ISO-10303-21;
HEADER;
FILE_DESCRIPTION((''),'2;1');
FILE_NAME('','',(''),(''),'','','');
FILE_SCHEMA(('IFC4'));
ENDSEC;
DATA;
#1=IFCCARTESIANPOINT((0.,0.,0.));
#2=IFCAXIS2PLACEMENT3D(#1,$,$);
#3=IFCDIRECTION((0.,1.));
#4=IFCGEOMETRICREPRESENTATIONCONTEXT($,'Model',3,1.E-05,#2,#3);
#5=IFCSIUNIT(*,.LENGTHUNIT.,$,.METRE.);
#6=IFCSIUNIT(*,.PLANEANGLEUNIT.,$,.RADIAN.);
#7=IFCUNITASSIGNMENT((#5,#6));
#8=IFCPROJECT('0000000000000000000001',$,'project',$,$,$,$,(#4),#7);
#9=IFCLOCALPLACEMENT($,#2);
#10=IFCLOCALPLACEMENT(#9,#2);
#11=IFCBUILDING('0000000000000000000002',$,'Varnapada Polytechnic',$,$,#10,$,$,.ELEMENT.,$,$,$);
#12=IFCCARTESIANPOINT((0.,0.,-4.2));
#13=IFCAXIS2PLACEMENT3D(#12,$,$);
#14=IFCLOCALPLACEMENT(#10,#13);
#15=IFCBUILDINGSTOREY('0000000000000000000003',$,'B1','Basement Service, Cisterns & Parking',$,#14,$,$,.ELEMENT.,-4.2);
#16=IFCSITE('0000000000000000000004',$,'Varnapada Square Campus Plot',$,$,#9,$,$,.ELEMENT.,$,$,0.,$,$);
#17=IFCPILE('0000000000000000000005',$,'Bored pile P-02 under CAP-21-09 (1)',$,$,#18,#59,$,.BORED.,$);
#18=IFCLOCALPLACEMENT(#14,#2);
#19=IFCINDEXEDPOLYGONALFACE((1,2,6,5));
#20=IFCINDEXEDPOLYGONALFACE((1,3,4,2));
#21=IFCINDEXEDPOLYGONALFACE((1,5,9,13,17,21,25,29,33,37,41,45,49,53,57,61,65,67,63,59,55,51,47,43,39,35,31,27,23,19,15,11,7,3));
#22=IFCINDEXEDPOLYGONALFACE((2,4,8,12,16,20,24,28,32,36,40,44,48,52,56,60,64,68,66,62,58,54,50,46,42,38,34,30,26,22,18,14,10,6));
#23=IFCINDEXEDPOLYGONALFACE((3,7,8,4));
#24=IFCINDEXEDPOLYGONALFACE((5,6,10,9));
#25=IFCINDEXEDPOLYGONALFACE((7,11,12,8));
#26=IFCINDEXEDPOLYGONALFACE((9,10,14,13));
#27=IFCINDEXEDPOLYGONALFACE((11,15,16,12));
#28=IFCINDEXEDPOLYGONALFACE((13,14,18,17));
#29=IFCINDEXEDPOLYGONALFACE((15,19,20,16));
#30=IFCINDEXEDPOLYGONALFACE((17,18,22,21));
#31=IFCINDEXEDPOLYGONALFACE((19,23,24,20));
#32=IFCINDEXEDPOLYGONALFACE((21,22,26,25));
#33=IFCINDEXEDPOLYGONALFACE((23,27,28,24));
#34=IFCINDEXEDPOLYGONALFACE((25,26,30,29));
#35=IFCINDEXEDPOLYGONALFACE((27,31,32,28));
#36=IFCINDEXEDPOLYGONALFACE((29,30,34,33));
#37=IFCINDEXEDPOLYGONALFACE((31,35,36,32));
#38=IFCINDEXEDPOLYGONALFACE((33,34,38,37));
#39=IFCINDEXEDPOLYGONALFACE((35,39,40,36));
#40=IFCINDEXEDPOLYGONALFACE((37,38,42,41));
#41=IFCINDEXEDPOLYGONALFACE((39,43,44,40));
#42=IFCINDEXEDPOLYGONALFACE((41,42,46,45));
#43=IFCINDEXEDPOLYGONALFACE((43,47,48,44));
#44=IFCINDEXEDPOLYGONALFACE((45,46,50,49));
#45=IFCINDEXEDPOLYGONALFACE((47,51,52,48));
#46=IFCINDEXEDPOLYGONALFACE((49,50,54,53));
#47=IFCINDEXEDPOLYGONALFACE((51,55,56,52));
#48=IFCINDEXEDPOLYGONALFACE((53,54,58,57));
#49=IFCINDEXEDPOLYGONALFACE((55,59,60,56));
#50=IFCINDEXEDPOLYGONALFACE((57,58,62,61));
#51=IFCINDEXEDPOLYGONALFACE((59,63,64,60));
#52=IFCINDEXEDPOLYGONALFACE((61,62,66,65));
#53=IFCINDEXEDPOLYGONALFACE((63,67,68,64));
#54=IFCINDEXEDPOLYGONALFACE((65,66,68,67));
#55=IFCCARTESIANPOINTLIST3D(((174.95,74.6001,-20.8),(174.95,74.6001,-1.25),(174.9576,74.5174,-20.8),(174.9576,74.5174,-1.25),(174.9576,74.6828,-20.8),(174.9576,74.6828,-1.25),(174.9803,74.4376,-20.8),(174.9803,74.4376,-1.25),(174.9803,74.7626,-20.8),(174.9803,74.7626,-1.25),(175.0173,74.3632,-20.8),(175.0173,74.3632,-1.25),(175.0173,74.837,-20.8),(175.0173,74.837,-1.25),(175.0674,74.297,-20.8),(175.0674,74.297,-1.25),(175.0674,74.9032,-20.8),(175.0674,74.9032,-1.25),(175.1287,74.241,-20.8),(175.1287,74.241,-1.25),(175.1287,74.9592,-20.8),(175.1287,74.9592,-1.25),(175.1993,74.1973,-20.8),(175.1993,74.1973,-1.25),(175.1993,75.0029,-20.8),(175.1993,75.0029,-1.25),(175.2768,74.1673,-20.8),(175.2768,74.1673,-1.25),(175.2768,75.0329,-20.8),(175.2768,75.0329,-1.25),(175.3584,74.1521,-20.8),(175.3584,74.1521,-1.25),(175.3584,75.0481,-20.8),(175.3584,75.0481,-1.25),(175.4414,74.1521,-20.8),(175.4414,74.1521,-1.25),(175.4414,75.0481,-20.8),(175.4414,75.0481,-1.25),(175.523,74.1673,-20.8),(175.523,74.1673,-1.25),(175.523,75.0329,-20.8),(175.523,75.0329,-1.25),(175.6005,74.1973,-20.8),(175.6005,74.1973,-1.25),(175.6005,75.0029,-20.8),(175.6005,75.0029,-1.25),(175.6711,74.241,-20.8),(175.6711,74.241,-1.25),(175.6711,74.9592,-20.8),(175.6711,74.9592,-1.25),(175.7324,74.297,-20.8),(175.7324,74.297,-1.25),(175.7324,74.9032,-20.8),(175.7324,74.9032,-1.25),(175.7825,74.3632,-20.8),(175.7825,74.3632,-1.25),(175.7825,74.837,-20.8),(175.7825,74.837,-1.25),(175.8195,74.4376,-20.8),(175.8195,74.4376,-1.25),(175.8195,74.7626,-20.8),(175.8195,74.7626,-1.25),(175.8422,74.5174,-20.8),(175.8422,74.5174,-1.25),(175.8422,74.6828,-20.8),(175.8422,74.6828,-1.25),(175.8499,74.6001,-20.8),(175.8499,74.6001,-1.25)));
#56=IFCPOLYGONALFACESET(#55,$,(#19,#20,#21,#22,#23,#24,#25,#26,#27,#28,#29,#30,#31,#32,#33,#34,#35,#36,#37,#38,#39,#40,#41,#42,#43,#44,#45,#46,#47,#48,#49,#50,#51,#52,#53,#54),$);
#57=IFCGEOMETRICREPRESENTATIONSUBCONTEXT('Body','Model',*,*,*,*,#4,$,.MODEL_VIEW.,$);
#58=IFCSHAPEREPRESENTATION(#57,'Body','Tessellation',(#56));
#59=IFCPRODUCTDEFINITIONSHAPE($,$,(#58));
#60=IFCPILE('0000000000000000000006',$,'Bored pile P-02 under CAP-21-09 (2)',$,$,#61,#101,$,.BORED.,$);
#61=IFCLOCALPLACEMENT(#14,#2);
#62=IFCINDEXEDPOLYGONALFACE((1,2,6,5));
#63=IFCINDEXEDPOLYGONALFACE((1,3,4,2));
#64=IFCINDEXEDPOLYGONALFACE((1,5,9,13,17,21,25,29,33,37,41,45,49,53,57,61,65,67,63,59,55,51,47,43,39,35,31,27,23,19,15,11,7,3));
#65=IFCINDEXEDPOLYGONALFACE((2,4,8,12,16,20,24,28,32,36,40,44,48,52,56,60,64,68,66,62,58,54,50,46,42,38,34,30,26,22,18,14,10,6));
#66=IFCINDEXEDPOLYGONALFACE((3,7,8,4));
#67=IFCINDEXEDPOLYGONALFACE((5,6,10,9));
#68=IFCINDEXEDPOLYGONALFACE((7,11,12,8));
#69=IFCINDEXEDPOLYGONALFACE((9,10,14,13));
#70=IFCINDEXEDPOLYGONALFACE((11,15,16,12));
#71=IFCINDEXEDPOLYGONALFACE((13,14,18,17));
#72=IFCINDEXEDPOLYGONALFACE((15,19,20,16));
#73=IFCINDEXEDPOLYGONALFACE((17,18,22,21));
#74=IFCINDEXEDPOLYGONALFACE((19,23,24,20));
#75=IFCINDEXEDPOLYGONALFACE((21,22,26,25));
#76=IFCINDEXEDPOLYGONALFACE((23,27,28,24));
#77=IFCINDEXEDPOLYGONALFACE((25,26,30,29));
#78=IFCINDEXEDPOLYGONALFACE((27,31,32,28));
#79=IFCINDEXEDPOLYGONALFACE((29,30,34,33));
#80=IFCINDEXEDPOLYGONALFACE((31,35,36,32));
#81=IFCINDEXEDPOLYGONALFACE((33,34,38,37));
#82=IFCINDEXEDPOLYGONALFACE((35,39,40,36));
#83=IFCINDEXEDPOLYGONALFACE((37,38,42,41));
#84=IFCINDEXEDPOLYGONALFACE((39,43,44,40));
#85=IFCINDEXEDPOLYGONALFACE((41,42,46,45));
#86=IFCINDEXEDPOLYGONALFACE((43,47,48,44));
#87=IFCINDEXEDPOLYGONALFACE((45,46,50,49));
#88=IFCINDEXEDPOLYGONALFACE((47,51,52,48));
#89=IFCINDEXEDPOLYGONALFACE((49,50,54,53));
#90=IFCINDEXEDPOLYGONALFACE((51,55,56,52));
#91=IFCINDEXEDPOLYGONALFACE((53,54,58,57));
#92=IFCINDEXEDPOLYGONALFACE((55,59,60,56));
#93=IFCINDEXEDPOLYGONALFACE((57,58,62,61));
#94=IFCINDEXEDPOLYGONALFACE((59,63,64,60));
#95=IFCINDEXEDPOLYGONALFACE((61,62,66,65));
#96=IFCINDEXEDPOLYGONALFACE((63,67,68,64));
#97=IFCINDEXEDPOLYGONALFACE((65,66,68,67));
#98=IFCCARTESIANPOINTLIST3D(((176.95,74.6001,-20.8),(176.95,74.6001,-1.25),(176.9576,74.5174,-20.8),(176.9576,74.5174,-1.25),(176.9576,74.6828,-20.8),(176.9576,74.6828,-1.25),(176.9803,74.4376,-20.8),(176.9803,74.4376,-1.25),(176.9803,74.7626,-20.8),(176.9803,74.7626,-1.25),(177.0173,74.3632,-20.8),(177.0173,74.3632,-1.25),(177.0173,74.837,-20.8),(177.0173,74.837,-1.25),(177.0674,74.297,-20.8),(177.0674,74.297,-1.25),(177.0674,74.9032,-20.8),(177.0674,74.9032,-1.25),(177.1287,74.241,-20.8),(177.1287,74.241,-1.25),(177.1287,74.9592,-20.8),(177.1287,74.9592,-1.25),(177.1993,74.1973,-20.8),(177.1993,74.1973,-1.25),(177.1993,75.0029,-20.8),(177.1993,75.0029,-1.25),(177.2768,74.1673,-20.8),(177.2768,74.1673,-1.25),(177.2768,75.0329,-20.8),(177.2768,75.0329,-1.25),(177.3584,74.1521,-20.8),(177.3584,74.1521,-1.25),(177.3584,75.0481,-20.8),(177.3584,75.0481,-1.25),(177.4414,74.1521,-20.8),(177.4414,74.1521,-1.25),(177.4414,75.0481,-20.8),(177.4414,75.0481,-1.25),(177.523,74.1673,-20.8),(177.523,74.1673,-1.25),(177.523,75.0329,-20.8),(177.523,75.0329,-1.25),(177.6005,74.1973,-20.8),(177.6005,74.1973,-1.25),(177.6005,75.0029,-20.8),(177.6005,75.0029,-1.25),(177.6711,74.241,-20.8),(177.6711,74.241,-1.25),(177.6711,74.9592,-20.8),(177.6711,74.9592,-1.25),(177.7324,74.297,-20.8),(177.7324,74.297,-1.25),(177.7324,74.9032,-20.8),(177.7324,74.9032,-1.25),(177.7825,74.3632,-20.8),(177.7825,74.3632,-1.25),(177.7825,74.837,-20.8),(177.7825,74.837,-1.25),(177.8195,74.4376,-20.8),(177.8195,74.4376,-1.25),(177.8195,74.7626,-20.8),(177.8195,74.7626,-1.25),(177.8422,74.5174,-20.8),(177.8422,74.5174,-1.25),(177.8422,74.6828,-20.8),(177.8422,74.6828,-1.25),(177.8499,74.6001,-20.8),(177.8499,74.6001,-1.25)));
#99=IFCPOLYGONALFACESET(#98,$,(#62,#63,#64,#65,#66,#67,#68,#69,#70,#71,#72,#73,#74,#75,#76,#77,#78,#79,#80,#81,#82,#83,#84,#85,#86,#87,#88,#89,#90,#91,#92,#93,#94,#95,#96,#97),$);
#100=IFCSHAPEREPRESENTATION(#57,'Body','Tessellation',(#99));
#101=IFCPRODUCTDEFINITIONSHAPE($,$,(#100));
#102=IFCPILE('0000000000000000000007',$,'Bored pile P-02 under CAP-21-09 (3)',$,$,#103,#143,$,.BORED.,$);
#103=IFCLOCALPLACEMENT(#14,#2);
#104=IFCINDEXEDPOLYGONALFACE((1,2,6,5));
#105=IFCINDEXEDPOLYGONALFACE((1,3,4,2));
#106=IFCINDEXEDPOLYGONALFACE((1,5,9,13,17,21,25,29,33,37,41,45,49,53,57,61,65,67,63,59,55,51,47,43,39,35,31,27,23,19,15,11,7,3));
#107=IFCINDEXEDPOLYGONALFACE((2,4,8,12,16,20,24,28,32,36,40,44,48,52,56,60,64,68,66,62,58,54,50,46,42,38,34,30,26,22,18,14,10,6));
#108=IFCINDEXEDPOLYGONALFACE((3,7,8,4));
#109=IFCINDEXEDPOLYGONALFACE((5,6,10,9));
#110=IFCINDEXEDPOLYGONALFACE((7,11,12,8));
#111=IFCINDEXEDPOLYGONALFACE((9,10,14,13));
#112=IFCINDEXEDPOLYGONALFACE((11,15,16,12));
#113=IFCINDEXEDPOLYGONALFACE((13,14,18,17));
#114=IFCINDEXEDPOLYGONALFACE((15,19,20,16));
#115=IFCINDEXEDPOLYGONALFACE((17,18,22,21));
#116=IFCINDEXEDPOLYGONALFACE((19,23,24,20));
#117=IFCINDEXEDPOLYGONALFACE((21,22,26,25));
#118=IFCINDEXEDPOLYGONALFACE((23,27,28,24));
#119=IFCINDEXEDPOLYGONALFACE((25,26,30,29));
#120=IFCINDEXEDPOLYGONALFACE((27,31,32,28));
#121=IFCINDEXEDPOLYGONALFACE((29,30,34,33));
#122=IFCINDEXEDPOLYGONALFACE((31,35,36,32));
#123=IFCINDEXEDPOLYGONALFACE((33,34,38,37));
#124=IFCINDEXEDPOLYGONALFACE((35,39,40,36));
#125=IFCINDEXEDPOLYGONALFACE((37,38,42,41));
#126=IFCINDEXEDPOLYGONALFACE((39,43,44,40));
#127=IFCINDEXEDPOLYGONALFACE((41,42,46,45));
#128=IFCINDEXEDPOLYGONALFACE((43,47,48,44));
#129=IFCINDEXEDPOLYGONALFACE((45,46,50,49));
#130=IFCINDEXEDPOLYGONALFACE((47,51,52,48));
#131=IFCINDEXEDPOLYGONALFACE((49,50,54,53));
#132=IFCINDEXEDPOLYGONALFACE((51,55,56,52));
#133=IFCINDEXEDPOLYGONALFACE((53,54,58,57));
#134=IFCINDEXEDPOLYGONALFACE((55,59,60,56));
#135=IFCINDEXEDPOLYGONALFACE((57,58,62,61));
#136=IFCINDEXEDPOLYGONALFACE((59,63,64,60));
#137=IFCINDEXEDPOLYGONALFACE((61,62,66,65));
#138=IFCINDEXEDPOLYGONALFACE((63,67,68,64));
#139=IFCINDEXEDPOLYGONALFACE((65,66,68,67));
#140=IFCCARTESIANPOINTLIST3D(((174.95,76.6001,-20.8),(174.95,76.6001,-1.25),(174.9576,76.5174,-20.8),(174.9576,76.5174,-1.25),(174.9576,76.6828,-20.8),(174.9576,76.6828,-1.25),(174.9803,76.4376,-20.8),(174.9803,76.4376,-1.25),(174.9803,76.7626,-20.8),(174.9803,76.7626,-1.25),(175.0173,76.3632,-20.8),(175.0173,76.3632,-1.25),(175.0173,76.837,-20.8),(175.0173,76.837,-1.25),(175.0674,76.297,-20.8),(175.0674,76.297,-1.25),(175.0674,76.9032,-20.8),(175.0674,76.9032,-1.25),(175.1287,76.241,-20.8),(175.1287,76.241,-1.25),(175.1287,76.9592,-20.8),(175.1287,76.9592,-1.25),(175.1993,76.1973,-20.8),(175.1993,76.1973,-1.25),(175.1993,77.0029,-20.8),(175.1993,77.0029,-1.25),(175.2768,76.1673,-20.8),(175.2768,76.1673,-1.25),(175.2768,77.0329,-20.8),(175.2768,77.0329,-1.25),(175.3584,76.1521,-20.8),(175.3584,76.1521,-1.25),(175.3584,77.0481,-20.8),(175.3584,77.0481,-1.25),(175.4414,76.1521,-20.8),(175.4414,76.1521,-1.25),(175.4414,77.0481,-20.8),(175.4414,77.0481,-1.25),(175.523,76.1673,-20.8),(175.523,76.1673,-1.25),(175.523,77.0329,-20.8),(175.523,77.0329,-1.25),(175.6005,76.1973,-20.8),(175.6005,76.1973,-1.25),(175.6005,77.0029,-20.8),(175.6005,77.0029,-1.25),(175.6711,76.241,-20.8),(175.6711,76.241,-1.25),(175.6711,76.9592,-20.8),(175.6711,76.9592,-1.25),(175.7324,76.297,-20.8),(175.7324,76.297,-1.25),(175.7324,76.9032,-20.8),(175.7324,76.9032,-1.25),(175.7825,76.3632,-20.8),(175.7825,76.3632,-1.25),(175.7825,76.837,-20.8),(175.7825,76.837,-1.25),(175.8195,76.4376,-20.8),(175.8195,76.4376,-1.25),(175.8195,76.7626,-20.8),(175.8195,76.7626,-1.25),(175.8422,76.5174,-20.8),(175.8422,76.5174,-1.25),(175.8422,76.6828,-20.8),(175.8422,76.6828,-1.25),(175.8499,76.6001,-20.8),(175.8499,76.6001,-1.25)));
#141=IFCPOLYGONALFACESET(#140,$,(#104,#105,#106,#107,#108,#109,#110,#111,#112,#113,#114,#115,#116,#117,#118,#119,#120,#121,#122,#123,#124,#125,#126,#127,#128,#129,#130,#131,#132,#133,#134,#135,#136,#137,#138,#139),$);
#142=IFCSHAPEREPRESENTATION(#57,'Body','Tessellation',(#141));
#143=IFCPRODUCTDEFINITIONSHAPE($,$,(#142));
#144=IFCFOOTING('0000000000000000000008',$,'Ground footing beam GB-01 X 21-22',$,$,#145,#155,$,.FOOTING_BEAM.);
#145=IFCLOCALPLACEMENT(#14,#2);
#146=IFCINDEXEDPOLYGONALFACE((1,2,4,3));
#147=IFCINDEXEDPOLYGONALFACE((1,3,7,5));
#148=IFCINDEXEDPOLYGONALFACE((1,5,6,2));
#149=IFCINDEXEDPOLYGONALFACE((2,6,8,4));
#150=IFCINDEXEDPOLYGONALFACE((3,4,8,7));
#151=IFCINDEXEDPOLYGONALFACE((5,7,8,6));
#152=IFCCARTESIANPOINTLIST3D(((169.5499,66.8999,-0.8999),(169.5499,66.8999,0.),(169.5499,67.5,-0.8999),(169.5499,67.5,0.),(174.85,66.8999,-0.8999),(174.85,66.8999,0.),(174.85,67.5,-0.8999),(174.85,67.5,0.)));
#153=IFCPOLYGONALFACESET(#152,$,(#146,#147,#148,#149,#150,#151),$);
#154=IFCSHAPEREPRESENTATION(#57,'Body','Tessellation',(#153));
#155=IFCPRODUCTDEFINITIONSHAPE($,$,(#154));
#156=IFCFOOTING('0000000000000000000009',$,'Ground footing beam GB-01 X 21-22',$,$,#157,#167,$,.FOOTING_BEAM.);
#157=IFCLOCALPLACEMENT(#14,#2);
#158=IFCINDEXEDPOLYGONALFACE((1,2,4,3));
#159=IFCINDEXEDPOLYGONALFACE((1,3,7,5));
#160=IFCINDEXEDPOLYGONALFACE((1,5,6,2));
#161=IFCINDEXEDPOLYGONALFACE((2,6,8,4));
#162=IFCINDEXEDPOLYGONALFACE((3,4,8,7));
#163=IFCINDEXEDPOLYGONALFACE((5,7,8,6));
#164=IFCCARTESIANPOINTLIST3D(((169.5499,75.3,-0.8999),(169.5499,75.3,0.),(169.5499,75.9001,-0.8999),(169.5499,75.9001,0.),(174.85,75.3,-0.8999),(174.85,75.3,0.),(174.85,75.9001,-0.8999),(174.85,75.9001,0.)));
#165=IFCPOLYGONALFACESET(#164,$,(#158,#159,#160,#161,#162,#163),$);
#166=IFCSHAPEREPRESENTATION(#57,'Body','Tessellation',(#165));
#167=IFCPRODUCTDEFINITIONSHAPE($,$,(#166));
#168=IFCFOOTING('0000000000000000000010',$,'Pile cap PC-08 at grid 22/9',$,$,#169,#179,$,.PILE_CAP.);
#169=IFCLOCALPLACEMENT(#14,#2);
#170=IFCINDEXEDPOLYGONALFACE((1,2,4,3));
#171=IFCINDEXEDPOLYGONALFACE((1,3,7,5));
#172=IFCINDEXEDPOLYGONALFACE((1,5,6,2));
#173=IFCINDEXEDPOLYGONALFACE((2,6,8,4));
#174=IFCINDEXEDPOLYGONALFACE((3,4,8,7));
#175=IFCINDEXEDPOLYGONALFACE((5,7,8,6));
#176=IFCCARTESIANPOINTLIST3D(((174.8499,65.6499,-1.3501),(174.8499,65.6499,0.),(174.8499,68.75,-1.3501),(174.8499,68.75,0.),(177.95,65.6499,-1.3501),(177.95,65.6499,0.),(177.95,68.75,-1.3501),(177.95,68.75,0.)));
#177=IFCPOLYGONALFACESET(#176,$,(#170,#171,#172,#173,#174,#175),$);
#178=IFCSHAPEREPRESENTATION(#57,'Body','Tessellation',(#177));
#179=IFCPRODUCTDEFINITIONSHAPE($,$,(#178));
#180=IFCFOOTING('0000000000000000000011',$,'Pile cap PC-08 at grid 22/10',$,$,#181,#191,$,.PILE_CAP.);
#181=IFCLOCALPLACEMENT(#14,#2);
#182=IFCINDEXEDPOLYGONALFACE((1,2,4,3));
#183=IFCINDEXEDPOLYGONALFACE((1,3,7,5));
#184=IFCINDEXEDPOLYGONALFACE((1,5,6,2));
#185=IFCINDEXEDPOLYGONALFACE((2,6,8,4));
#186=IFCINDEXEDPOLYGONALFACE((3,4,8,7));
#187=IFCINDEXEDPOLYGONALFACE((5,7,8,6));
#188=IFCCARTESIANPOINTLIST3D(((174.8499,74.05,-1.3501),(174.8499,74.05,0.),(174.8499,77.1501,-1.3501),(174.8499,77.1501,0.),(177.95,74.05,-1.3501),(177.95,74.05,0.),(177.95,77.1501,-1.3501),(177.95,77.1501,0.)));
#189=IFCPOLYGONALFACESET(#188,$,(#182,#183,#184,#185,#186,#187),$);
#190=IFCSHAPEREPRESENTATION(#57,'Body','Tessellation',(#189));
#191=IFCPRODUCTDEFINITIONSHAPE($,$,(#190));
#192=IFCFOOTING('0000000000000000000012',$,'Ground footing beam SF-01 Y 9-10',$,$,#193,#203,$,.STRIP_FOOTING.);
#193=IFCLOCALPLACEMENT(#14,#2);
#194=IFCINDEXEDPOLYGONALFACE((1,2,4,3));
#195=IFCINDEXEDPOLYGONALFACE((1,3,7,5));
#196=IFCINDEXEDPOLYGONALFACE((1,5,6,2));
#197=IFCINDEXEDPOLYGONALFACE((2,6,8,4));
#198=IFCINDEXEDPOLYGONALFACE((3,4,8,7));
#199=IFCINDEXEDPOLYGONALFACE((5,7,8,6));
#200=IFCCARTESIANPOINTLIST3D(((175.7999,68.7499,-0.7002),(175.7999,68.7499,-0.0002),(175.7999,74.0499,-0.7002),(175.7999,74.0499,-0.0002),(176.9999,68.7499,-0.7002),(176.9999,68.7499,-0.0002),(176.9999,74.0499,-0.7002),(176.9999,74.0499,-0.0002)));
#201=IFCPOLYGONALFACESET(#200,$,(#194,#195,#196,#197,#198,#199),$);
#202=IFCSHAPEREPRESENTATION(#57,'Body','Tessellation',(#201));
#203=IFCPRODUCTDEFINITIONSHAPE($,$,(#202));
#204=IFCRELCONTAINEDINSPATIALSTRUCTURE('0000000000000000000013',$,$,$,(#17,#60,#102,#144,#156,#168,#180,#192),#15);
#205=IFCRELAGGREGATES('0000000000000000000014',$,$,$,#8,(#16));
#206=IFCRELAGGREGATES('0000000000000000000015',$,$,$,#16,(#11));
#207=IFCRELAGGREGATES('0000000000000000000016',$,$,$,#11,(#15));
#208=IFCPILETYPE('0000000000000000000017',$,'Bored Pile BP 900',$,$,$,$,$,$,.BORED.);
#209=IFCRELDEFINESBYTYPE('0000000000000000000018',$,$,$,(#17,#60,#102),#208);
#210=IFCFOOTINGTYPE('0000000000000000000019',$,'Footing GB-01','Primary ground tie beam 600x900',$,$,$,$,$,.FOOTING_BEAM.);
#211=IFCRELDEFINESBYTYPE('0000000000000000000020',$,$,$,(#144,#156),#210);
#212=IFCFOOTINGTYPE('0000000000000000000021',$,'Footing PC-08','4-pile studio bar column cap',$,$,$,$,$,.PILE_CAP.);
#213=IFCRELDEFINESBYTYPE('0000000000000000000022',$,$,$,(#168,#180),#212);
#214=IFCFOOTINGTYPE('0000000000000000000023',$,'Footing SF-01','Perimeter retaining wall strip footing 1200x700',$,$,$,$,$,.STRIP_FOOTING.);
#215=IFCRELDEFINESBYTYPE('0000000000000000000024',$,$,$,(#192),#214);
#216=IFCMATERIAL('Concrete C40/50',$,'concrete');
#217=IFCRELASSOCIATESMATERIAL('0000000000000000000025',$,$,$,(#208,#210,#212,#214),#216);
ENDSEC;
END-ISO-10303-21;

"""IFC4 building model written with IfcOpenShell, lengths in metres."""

from ifc_helpers import new_model, si_unit, direction, frame, origin, origin_2d, place, context, subcontext, project, spatial, rectangle, circle, extrude, material, material_profile, profile_set, type_object, element, save


model = new_model("IFC4")

# Units and contexts
model_context = context("Model", 3, precision=1e-05, world=origin(), true_north=direction((0.0, 1.0)))
body_context = subcontext(model_context, "Body", "Model", "MODEL_VIEW")
ifc_project = project(units=[si_unit("LENGTHUNIT", "METRE"), si_unit("PLANEANGLEUNIT", "RADIAN")], contexts=[model_context])

# Site, building, storey
site_placement = place(None, origin())
site = spatial("IfcSite", under=ifc_project, at=site_placement, Name="Varnapada Square Campus Plot", CompositionType="ELEMENT", RefElevation=0.0)
building_placement = place(site_placement, origin())
building = spatial("IfcBuilding", under=site, at=building_placement, Name="Varnapada Polytechnic", CompositionType="ELEMENT")
storey_placement = place(building_placement, frame((0.0, 0.0, -4.2)))
storey = spatial("IfcBuildingStorey", under=building, at=storey_placement, Name="B1", Description="Basement Service, Cisterns & Parking", CompositionType="ELEMENT", Elevation=-4.2)

# Piles
ifc_material_1 = material(Name="Concrete C40/50", Category="concrete")
ifc_material_profile_1 = material_profile(ifc_material_1, circle(Radius=0.45, at=origin_2d()), Name="BP 900")
ifc_profile_set_1 = profile_set([ifc_material_profile_1], Name="Concrete C40/50")
pile_type = type_object("IfcPileType", Name="Bored Pile BP 900", PredefinedType="BORED", material=ifc_profile_set_1)
for number, where, z_axis, x_axis, name in (
    (1, (175.3999, 74.6001, -1.25), (0.0, 0.0, -1.0), (1.0, 0.0, 0.0), "Bored pile P-02 under CAP-21-09 (1)"),
    (2, (177.3999, 74.6001, -1.25), (0.0, 0.0, -1.0), (1.0, 0.0, 0.0), "Bored pile P-02 under CAP-21-09 (2)"),
    (3, (175.3999, 76.6001, -1.25), (0.0, 0.0, -1.0), (1.0, 0.0, 0.0), "Bored pile P-02 under CAP-21-09 (3)"),
):
    element("IfcPile", number, at=place(storey_placement, frame(where, z_axis=z_axis, x_axis=x_axis)), inside=storey, type_object=pile_type, Name=name, PredefinedType="BORED", context=body_context, shape_type="SweptSolid", body=[
        extrude(circle(Radius=0.45, at=origin_2d()), origin(), (0.0, 0.0, 1.0), 19.55),
    ])

# Footings
footing_type_1 = type_object("IfcFootingType", Name="Footing GB-01", Description="Primary ground tie beam 600x900", PredefinedType="FOOTING_BEAM", material=ifc_material_1)
for number, where, z_axis, x_axis, name in (
    (4, (172.2, 67.2, -0.8999), (0.0, 0.0, 1.0), (1.0, 0.0, 0.0), "Ground footing beam GB-01 X 21-22"),
    (5, (172.2, 75.6001, -0.8999), (0.0, 0.0, 1.0), (1.0, 0.0, 0.0), "Ground footing beam GB-01 X 21-22"),
):
    element("IfcFooting", number, at=place(storey_placement, frame(where, z_axis=z_axis, x_axis=x_axis)), inside=storey, type_object=footing_type_1, Name=name, PredefinedType="FOOTING_BEAM", context=body_context, shape_type="SweptSolid", body=[
        extrude(rectangle(XDim=5.3, YDim=0.6001, at=origin_2d()), origin(), (0.0, 0.0, 1.0), 0.8999),
    ])
footing_type_2 = type_object("IfcFootingType", Name="Footing PC-08", Description="4-pile studio bar column cap", PredefinedType="PILE_CAP", material=ifc_material_1)
for number, where, z_axis, x_axis, name in (
    (6, (176.3999, 67.2, -1.3501), (0.0, 0.0, 1.0), (1.0, 0.0, 0.0), "Pile cap PC-08 at grid 22/9"),
    (7, (176.3999, 75.6001, -1.3501), (0.0, 0.0, 1.0), (1.0, 0.0, 0.0), "Pile cap PC-08 at grid 22/10"),
):
    element("IfcFooting", number, at=place(storey_placement, frame(where, z_axis=z_axis, x_axis=x_axis)), inside=storey, type_object=footing_type_2, Name=name, PredefinedType="PILE_CAP", context=body_context, shape_type="SweptSolid", body=[
        extrude(rectangle(XDim=3.1001, YDim=3.1001, at=origin_2d()), origin(), (0.0, 0.0, 1.0), 1.3501),
    ])
footing_type_3 = type_object("IfcFootingType", Name="Footing SF-01", Description="Perimeter retaining wall strip footing 1200x700", PredefinedType="STRIP_FOOTING", material=ifc_material_1)
footing_placement = place(storey_placement, frame((176.3999, 71.3999, -0.7002), z_axis=(0.0, 0.0, 1.0), x_axis=(0.0, 1.0, 0.0)))
element("IfcFooting", 8, at=footing_placement, inside=storey, type_object=footing_type_3, Name="Ground footing beam SF-01 Y 9-10", PredefinedType="STRIP_FOOTING", context=body_context, shape_type="SweptSolid", body=[
    extrude(rectangle(XDim=5.3, YDim=1.2, at=origin_2d()), origin(), (0.0, 0.0, 1.0), 0.7),
])

save(model, "model.ifc")
